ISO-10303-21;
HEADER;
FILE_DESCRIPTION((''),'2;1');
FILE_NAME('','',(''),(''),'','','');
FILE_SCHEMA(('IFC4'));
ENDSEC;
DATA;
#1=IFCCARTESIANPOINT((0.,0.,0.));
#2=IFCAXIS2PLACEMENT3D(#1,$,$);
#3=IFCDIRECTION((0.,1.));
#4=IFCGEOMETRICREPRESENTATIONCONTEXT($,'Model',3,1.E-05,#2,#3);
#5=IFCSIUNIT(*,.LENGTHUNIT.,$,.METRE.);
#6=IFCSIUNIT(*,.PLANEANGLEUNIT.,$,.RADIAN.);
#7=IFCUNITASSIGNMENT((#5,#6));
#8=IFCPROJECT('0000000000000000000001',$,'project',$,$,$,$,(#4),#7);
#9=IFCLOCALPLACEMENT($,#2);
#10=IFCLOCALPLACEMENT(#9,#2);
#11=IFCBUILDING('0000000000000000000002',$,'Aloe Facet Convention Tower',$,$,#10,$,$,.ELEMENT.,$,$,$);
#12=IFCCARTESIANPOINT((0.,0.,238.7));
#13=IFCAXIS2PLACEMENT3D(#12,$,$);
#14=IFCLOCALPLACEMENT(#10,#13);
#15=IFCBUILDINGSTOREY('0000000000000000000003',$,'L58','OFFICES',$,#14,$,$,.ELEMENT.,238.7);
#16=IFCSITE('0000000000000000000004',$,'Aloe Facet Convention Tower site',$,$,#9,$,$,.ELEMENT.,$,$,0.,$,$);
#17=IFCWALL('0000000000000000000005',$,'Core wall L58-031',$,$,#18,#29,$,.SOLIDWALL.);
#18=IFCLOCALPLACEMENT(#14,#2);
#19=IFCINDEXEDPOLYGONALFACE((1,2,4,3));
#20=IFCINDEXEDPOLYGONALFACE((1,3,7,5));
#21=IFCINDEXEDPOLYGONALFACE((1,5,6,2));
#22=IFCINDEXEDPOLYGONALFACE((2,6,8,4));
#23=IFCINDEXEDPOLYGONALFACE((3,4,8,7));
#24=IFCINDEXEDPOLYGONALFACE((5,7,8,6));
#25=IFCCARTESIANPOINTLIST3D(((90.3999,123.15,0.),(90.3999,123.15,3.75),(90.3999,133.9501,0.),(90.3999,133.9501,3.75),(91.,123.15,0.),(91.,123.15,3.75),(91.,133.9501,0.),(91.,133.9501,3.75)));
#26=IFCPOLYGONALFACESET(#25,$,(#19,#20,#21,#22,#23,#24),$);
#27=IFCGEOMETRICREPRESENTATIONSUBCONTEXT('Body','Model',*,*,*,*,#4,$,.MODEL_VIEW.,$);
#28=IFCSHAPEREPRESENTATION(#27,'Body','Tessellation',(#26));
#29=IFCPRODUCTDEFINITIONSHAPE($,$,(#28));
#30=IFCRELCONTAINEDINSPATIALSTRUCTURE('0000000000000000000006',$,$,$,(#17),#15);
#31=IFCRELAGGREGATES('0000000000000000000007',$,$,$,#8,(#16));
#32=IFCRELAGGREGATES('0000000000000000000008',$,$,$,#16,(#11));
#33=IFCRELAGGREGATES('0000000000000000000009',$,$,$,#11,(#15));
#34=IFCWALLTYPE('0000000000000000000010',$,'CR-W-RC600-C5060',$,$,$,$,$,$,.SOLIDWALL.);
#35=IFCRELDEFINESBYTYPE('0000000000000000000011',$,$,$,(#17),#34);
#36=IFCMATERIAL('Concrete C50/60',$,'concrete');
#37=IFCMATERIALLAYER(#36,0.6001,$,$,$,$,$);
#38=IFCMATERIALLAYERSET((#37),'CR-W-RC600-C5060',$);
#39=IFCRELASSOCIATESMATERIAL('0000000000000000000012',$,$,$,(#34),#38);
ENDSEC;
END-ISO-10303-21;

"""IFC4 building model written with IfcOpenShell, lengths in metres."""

from ifc_helpers import new_model, si_unit, direction, frame, frame_2d, origin, place, context, subcontext, project, spatial, rectangle, extrude, material, layer, layer_set, type_object, element, save


model = new_model("IFC4")

# Units and contexts
model_context = context("Model", 3, precision=1e-05, world=origin(), true_north=direction((0.0, 1.0)))
body_context = subcontext(model_context, "Body", "Model", "MODEL_VIEW")
ifc_project = project(units=[si_unit("LENGTHUNIT", "METRE"), si_unit("PLANEANGLEUNIT", "RADIAN")], contexts=[model_context])

# Site, building, storey
site_placement = place(None, origin())
site = spatial("IfcSite", under=ifc_project, at=site_placement, Name="Aloe Facet Convention Tower site", CompositionType="ELEMENT", RefElevation=0.0)
building_placement = place(site_placement, origin())
building = spatial("IfcBuilding", under=site, at=building_placement, Name="Aloe Facet Convention Tower", CompositionType="ELEMENT")
storey_placement = place(building_placement, frame((0.0, 0.0, 238.7)))
storey = spatial("IfcBuildingStorey", under=building, at=storey_placement, Name="L58", Description="OFFICES", CompositionType="ELEMENT", Elevation=238.7)

# Wall
ifc_material_1 = material(Name="Concrete C50/60", Category="concrete")
ifc_layer_1 = layer(ifc_material_1, 0.6001)
ifc_layer_set_1 = layer_set([ifc_layer_1], Name="CR-W-RC600-C5060")
wall_type_1 = type_object("IfcWallType", Name="CR-W-RC600-C5060", PredefinedType="SOLIDWALL", material=ifc_layer_set_1)
wall_1_placement = place(storey_placement, frame((90.7, 133.95, 0.0), z_axis=(0.0, 0.0, 1.0), x_axis=(0.0, -1.0, 0.0)))
element("IfcWall", 1, at=wall_1_placement, inside=storey, type_object=wall_type_1, Name="Core wall L58-031", PredefinedType="SOLIDWALL", context=body_context, shape_type="SweptSolid", body=[
    extrude(rectangle(XDim=10.8, YDim=0.6001, at=frame_2d((5.3999, 0.0))), origin(), (0.0, 0.0, 1.0), 3.75),
])

save(model, "model.ifc")
